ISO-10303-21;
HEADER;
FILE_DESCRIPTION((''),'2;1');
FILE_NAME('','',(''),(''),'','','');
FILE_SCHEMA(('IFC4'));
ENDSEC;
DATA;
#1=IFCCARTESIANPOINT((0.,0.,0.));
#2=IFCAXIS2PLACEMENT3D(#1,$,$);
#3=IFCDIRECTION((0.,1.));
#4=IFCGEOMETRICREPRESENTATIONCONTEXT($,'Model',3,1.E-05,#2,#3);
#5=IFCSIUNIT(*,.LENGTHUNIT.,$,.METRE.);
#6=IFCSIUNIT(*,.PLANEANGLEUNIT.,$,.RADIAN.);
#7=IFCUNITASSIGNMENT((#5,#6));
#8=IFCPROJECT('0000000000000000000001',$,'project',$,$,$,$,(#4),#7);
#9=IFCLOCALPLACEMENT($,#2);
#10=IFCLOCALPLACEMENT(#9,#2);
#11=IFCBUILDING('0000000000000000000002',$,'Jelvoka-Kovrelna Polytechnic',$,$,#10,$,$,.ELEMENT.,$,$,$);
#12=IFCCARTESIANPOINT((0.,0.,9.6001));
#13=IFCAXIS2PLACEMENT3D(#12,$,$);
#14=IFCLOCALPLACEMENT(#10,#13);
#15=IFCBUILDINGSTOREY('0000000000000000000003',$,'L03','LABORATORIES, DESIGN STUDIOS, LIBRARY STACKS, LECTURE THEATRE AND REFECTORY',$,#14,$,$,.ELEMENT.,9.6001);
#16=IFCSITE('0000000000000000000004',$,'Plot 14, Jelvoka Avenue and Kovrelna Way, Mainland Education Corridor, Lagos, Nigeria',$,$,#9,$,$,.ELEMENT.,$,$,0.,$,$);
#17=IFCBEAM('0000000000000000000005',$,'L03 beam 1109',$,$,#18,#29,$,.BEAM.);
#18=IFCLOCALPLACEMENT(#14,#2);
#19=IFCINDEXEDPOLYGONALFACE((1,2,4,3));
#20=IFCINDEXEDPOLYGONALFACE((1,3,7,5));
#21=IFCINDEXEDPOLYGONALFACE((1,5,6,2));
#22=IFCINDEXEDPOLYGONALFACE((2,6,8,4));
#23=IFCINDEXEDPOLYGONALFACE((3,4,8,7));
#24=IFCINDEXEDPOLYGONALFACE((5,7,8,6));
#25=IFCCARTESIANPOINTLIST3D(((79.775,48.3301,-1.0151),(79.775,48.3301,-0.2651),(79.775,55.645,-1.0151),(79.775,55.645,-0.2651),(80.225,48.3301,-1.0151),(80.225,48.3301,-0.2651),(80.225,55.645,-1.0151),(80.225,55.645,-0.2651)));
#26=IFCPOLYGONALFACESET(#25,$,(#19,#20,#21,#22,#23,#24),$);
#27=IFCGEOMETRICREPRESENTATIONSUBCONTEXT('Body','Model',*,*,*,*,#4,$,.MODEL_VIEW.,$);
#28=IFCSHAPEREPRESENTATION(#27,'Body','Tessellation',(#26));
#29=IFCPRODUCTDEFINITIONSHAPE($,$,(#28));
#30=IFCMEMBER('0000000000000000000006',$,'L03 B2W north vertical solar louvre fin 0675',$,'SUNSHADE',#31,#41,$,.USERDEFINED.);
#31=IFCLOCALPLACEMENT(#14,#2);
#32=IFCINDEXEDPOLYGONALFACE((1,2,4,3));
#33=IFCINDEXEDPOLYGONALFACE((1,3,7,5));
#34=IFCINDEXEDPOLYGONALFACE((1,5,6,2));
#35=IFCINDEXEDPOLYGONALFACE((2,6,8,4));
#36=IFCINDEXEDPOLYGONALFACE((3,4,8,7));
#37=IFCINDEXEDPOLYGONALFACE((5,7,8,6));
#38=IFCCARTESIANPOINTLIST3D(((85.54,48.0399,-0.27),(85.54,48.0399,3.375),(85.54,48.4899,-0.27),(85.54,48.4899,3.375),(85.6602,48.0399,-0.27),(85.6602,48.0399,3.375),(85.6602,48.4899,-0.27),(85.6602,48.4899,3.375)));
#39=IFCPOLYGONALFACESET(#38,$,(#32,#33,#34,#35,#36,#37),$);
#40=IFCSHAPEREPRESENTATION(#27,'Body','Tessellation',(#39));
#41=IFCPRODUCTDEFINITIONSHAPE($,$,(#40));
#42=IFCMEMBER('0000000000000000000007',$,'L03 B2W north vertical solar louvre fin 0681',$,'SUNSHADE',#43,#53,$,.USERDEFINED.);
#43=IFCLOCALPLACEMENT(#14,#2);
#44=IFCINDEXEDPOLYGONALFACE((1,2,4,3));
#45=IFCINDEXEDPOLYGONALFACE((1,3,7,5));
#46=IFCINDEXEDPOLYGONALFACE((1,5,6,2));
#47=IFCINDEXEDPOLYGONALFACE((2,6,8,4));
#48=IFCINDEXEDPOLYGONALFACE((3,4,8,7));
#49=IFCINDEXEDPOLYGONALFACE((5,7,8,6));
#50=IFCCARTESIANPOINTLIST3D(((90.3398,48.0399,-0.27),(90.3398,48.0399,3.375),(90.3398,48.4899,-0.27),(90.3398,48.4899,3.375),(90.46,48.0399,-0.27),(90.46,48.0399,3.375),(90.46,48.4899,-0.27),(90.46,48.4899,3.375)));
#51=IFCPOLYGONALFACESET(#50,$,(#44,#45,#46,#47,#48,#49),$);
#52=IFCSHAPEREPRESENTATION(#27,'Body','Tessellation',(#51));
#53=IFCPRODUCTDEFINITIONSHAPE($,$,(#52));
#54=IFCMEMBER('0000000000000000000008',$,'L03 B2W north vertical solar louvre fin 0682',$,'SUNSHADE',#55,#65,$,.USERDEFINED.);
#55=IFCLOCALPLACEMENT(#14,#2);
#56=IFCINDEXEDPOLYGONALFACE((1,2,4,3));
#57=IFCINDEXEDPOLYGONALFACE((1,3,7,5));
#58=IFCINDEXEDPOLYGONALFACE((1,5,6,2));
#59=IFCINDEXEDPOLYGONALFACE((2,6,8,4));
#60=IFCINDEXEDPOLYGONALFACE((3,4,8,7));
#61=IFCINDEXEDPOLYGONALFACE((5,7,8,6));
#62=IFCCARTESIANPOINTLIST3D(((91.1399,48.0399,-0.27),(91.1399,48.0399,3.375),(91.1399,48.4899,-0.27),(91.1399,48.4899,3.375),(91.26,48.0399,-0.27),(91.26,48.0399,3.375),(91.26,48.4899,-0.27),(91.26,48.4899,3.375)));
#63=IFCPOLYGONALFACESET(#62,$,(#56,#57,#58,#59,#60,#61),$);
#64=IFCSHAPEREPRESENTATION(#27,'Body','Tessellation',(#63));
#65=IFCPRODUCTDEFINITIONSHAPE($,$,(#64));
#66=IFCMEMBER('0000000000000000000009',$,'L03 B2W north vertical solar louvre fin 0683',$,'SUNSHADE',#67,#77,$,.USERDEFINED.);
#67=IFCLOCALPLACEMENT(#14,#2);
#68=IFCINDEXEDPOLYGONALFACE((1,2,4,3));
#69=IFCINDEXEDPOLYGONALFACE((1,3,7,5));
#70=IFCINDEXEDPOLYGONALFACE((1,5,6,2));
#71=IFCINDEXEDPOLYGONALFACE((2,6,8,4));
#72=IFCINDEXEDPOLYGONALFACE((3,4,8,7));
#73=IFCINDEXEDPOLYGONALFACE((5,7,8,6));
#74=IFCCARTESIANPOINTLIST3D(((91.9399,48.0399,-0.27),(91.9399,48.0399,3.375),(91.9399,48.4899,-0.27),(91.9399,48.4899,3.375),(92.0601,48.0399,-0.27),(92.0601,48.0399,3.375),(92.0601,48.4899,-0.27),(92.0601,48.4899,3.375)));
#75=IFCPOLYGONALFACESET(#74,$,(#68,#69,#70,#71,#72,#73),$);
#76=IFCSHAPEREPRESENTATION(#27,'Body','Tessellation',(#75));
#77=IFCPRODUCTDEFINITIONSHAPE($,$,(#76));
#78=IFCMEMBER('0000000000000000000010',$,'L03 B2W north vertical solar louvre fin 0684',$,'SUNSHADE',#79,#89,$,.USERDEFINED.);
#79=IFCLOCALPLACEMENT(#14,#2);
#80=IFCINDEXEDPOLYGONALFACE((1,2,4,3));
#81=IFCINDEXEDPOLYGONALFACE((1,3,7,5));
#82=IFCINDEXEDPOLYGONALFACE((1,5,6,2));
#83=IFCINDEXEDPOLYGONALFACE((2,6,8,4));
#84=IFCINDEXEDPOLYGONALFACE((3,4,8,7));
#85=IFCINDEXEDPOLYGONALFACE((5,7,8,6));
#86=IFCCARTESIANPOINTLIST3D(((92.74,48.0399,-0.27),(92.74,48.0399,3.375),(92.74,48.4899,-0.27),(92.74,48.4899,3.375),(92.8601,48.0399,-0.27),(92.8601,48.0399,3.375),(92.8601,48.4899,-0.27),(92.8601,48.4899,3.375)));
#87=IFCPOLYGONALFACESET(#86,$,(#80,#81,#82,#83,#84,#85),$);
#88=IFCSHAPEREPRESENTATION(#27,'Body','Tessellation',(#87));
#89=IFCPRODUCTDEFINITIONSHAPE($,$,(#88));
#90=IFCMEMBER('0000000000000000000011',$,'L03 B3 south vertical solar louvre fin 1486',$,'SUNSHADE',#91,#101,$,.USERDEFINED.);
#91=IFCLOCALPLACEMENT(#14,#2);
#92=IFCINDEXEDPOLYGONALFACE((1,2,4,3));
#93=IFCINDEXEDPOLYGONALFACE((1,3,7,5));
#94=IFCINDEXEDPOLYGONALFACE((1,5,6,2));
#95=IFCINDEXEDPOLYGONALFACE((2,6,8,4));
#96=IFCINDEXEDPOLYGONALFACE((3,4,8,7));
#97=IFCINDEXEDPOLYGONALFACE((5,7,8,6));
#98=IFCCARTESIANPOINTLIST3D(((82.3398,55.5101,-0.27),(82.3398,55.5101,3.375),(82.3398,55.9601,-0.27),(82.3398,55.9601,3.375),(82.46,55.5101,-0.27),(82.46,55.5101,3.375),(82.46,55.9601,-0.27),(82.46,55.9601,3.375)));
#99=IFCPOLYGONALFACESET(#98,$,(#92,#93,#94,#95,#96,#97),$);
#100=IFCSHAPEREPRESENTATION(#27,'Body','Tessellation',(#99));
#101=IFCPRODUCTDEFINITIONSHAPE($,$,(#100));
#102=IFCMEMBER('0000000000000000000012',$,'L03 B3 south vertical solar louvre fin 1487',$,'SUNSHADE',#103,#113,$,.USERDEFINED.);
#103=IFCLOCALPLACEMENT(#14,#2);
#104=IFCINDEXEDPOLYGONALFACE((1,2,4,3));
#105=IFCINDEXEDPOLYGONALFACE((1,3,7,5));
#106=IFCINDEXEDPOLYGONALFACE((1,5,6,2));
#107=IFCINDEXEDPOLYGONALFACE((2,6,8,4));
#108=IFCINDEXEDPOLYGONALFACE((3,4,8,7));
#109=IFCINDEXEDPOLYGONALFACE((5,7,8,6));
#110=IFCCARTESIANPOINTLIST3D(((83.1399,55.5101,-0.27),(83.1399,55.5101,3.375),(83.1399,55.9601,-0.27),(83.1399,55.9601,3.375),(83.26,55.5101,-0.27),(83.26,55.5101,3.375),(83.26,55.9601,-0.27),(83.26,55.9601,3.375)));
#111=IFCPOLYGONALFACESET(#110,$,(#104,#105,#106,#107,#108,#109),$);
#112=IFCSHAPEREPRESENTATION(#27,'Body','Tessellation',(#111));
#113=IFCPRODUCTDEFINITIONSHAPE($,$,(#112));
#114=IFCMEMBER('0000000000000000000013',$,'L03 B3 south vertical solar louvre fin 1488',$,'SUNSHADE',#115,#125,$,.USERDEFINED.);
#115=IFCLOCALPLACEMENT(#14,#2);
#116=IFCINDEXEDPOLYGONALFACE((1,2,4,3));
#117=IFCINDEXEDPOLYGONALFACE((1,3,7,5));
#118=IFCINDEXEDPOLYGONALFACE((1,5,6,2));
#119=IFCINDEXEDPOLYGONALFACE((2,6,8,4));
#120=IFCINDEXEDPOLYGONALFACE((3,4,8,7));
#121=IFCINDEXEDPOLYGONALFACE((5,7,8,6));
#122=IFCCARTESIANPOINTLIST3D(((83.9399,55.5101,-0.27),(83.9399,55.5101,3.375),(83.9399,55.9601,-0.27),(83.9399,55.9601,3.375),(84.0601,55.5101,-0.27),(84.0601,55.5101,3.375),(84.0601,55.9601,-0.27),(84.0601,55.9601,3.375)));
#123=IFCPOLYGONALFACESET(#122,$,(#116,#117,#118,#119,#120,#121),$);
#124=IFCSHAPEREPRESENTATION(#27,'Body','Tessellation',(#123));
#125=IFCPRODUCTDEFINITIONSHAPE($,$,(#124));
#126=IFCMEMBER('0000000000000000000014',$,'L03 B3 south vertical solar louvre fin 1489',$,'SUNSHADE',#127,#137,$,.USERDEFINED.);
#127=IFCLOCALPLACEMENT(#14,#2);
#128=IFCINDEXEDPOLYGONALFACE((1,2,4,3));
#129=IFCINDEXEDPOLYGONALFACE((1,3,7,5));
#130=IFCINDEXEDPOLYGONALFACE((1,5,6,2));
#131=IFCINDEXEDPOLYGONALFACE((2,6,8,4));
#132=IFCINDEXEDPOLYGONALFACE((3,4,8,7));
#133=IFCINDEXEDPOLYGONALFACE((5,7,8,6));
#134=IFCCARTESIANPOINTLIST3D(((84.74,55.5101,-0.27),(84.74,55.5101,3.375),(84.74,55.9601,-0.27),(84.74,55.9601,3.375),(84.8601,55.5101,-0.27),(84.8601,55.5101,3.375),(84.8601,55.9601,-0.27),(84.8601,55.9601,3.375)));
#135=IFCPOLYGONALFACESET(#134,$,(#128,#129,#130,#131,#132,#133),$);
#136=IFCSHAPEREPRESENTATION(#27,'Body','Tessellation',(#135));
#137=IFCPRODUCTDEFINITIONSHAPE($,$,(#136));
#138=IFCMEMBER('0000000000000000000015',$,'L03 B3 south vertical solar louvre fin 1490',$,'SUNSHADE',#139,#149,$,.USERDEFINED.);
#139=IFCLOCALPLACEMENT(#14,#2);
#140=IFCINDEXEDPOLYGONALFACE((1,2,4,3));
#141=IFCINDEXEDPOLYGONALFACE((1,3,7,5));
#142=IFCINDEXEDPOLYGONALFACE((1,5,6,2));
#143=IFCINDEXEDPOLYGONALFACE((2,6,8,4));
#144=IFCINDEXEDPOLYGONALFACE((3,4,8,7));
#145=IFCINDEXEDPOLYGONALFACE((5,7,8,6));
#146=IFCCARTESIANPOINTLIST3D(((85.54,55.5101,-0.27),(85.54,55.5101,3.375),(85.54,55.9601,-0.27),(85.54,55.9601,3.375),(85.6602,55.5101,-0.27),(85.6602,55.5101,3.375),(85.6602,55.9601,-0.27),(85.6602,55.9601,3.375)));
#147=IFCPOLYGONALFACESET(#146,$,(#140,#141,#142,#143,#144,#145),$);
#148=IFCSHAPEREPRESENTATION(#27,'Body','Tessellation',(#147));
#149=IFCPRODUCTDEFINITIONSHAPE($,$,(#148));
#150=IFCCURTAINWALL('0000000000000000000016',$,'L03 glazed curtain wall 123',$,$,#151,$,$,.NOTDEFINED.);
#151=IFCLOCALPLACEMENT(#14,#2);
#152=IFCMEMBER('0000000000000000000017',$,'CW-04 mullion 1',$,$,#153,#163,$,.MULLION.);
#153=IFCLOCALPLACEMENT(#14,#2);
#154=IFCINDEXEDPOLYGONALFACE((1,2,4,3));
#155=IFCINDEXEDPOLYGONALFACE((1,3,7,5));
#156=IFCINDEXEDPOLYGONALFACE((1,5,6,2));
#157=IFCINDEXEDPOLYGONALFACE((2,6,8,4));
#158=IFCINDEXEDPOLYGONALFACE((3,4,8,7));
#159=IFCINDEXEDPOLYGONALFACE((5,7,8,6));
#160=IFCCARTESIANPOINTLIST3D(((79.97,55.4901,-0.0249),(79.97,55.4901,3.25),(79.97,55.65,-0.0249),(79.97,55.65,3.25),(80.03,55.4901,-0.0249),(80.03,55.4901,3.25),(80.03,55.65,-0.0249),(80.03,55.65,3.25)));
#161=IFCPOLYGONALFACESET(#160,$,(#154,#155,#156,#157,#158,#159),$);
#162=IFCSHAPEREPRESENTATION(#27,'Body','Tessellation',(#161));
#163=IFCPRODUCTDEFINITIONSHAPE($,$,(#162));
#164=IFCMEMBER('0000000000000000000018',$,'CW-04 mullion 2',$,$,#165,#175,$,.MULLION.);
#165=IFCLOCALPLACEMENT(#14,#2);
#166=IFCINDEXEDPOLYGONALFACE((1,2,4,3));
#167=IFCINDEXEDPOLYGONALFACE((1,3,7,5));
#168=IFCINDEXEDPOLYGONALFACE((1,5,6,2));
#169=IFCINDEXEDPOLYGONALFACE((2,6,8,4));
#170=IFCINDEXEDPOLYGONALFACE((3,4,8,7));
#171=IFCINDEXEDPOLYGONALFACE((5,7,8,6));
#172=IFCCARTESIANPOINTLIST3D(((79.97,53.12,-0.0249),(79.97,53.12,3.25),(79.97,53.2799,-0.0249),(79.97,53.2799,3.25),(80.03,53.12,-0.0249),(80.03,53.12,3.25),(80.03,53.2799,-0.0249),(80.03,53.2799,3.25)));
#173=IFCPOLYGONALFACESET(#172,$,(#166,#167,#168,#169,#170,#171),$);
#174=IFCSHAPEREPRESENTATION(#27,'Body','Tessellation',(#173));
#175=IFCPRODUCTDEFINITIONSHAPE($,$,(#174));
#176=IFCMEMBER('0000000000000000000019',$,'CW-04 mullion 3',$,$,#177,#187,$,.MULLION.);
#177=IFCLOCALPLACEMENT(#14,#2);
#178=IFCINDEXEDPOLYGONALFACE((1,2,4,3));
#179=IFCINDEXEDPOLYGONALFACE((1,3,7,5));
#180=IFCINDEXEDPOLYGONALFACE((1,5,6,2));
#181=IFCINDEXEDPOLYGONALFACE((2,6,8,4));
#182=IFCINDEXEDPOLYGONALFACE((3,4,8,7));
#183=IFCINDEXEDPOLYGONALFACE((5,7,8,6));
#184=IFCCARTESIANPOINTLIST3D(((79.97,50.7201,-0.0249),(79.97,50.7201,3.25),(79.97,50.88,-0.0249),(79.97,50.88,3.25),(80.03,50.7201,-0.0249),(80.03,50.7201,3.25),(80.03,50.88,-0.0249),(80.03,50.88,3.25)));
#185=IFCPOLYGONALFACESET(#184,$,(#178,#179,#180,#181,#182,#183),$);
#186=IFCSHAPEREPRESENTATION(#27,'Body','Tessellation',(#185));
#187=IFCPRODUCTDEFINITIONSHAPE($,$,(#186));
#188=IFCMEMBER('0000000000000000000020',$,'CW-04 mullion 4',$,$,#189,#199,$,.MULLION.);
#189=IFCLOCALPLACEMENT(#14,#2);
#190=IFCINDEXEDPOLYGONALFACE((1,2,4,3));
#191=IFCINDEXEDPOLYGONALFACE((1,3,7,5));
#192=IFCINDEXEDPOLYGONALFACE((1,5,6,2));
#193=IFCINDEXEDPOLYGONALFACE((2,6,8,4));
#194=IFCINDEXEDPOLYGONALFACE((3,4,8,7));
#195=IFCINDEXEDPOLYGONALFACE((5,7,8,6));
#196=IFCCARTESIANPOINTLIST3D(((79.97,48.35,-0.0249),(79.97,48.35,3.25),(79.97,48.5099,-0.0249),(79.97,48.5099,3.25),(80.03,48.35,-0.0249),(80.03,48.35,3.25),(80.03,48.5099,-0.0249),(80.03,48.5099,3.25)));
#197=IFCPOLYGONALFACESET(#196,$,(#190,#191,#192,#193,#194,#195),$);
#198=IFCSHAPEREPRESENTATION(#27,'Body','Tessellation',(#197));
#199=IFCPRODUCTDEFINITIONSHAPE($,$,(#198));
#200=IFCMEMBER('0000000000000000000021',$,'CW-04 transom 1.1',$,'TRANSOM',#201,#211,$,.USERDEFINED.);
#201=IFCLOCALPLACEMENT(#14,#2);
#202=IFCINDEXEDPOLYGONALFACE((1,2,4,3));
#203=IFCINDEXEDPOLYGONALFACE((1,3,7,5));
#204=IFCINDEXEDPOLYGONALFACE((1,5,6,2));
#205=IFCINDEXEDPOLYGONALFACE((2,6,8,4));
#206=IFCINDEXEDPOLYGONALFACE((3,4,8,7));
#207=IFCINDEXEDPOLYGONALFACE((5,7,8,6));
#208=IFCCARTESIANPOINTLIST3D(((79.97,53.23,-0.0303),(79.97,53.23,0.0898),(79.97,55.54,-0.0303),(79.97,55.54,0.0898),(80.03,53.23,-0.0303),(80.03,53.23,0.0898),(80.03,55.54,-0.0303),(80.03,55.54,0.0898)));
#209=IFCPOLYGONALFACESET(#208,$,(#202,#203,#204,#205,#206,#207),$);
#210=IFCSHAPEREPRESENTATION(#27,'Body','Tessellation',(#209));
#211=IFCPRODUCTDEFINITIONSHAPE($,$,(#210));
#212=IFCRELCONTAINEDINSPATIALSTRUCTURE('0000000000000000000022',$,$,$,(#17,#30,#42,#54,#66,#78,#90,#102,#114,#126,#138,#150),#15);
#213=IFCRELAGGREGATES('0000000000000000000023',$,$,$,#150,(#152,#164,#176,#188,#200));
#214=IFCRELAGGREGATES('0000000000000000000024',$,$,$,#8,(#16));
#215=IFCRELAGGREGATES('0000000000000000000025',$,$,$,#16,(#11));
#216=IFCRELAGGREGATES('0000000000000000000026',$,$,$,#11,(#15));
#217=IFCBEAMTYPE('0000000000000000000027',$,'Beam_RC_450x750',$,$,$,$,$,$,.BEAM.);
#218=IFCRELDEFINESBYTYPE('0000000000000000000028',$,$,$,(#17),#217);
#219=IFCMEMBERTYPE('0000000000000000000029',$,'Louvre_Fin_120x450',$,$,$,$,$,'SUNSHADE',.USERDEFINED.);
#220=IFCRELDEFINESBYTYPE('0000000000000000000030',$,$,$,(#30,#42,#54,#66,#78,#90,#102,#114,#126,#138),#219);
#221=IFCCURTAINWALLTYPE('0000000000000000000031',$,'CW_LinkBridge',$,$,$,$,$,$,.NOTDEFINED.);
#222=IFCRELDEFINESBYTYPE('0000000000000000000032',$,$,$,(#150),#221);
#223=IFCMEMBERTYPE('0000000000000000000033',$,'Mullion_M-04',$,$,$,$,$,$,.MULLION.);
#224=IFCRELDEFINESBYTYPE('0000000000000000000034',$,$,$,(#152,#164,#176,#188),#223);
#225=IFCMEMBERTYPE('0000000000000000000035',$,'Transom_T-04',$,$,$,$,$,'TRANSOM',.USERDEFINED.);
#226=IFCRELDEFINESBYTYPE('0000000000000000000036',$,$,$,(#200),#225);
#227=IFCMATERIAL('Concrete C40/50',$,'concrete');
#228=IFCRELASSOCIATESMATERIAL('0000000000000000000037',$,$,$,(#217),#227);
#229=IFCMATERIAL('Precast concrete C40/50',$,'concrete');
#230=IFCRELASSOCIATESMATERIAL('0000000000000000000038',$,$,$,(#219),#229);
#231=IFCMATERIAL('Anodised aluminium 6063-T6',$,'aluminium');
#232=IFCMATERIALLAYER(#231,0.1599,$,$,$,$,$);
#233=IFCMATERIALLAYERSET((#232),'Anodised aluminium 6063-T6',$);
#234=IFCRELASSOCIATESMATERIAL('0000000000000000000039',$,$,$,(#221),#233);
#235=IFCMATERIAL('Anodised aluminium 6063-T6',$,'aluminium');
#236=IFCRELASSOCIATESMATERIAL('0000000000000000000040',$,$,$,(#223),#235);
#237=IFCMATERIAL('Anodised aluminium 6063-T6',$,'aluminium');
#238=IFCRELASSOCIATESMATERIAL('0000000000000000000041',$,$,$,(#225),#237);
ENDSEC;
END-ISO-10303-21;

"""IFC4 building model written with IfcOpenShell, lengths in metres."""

from ifc_helpers import new_model, si_unit, direction, frame, origin, origin_2d, place, context, subcontext, project, spatial, rectangle, extrude, material, layer, layer_set, material_profile, profile_set, type_object, element, aggregate, save


model = new_model("IFC4")

# Units and contexts
model_context = context("Model", 3, precision=1e-05, world=origin(), true_north=direction((0.0, 1.0)))
body_context = subcontext(model_context, "Body", "Model", "MODEL_VIEW")
ifc_project = project(units=[si_unit("LENGTHUNIT", "METRE"), si_unit("PLANEANGLEUNIT", "RADIAN")], contexts=[model_context])

# Site, building, storey
site_placement = place(None, origin())
site = spatial("IfcSite", under=ifc_project, at=site_placement, Name="Plot 14, Jelvoka Avenue and Kovrelna Way, Mainland Education Corridor, Lagos, Nigeria", CompositionType="ELEMENT", RefElevation=0.0)
building_placement = place(site_placement, origin())
building = spatial("IfcBuilding", under=site, at=building_placement, Name="Jelvoka-Kovrelna Polytechnic", CompositionType="ELEMENT")
storey_placement = place(building_placement, frame((0.0, 0.0, 9.6001)))
storey = spatial("IfcBuildingStorey", under=building, at=storey_placement, Name="L03", Description="LABORATORIES, DESIGN STUDIOS, LIBRARY STACKS, LECTURE THEATRE AND REFECTORY", CompositionType="ELEMENT", Elevation=9.6001)

# Beam
ifc_material_1 = material(Name="Concrete C40/50", Category="concrete")
ifc_material_profile_1 = material_profile(ifc_material_1, rectangle(XDim=0.45, YDim=0.75, at=origin_2d()), Name="RC 450x750")
ifc_profile_set_1 = profile_set([ifc_material_profile_1], Name="Concrete C40/50")
beam_type = type_object("IfcBeamType", Name="Beam_RC_450x750", PredefinedType="BEAM", material=ifc_profile_set_1)
beam_placement = place(storey_placement, frame((80.0, 48.3301, -0.6401), z_axis=(0.0, 1.0, 0.0), x_axis=(-1.0, 0.0, 0.0)))
element("IfcBeam", 1, at=beam_placement, inside=storey, type_object=beam_type, Name="L03 beam 1109", PredefinedType="BEAM", context=body_context, shape_type="SweptSolid", body=[
    extrude(rectangle(XDim=0.45, YDim=0.75, at=origin_2d()), origin(), (0.0, 0.0, 1.0), 7.3149),
])

# Members
ifc_material_2 = material(Name="Precast concrete C40/50", Category="concrete")
ifc_material_profile_2 = material_profile(ifc_material_2, rectangle(XDim=0.1201, YDim=0.45, at=origin_2d()), Name="PC 120x450")
ifc_profile_set_2 = profile_set([ifc_material_profile_2], Name="Precast concrete C40/50")
member_type_1 = type_object("IfcMemberType", Name="Louvre_Fin_120x450", ElementType="SUNSHADE", PredefinedType="USERDEFINED", material=ifc_profile_set_2)
for number, where, z_axis, x_axis, name in (
    (2, (85.6001, 48.2649, -0.27), (0.0, 0.0, 1.0), (1.0, 0.0, 0.0), "L03 B2W north vertical solar louvre fin 0675"),
    (3, (90.3999, 48.2649, -0.27), (0.0, 0.0, 1.0), (1.0, 0.0, 0.0), "L03 B2W north vertical solar louvre fin 0681"),
    (4, (91.2, 48.2649, -0.27), (0.0, 0.0, 1.0), (1.0, 0.0, 0.0), "L03 B2W north vertical solar louvre fin 0682"),
    (5, (92.0, 48.2649, -0.27), (0.0, 0.0, 1.0), (1.0, 0.0, 0.0), "L03 B2W north vertical solar louvre fin 0683"),
    (6, (92.8, 48.2649, -0.27), (0.0, 0.0, 1.0), (1.0, 0.0, 0.0), "L03 B2W north vertical solar louvre fin 0684"),
    (7, (82.3999, 55.7351, -0.27), (0.0, 0.0, 1.0), (1.0, 0.0, 0.0), "L03 B3 south vertical solar louvre fin 1486"),
    (8, (83.2, 55.7351, -0.27), (0.0, 0.0, 1.0), (1.0, 0.0, 0.0), "L03 B3 south vertical solar louvre fin 1487"),
    (9, (84.0, 55.7351, -0.27), (0.0, 0.0, 1.0), (1.0, 0.0, 0.0), "L03 B3 south vertical solar louvre fin 1488"),
    (10, (84.8, 55.7351, -0.27), (0.0, 0.0, 1.0), (1.0, 0.0, 0.0), "L03 B3 south vertical solar louvre fin 1489"),
    (11, (85.6001, 55.7351, -0.27), (0.0, 0.0, 1.0), (1.0, 0.0, 0.0), "L03 B3 south vertical solar louvre fin 1490"),
):
    element("IfcMember", number, at=place(storey_placement, frame(where, z_axis=z_axis, x_axis=x_axis)), inside=storey, type_object=member_type_1, Name=name, ObjectType="SUNSHADE", PredefinedType="USERDEFINED", context=body_context, shape_type="SweptSolid", body=[
        extrude(rectangle(XDim=0.1201, YDim=0.45, at=origin_2d()), origin(), (0.0, 0.0, 1.0), 3.645),
    ])

# Curtain wall, members
ifc_material_3 = material(Name="Anodised aluminium 6063-T6", Category="aluminium")
ifc_layer_1 = layer(ifc_material_3, 0.1599)
ifc_layer_set_1 = layer_set([ifc_layer_1], Name="Anodised aluminium 6063-T6")
curtain_wall_type = type_object("IfcCurtainWallType", Name="CW_LinkBridge", PredefinedType="NOTDEFINED", material=ifc_layer_set_1)
curtain_wall_placement = place(storey_placement, origin())
curtain_wall = element("IfcCurtainWall", 12, at=curtain_wall_placement, inside=storey, type_object=curtain_wall_type, Name="L03 glazed curtain wall 123", PredefinedType="NOTDEFINED")
ifc_material_4 = material(Name="Anodised aluminium 6063-T6", Category="aluminium")
ifc_material_profile_3 = material_profile(ifc_material_4, rectangle(XDim=0.0601, YDim=0.1599, at=origin_2d()), Name="ALU 60x160")
ifc_profile_set_3 = profile_set([ifc_material_profile_3], Name="Anodised aluminium 6063-T6")
member_type_2 = type_object("IfcMemberType", Name="Mullion_M-04", PredefinedType="MULLION", material=ifc_profile_set_3)
member_1_placement = place(storey_placement, frame((80.0, 55.5701, -0.0249), z_axis=(0.0, 0.0, 1.0), x_axis=(1.0, 0.0, 0.0)))
member_1 = element("IfcMember", 13, at=member_1_placement, type_object=member_type_2, Name="CW-04 mullion 1", PredefinedType="MULLION", context=body_context, shape_type="SweptSolid", body=[
    extrude(rectangle(XDim=0.0601, YDim=0.1599, at=origin_2d()), origin(), (0.0, 0.0, 1.0), 3.2749),
])
member_2_placement = place(storey_placement, frame((80.0, 53.2, -0.0249), z_axis=(0.0, 0.0, 1.0), x_axis=(1.0, 0.0, 0.0)))
member_2 = element("IfcMember", 14, at=member_2_placement, type_object=member_type_2, Name="CW-04 mullion 2", PredefinedType="MULLION", context=body_context, shape_type="SweptSolid", body=[
    extrude(rectangle(XDim=0.0601, YDim=0.1599, at=origin_2d()), origin(), (0.0, 0.0, 1.0), 3.2749),
])
member_3_placement = place(storey_placement, frame((80.0, 50.8, -0.0249), z_axis=(0.0, 0.0, 1.0), x_axis=(1.0, 0.0, 0.0)))
member_3 = element("IfcMember", 15, at=member_3_placement, type_object=member_type_2, Name="CW-04 mullion 3", PredefinedType="MULLION", context=body_context, shape_type="SweptSolid", body=[
    extrude(rectangle(XDim=0.0601, YDim=0.1599, at=origin_2d()), origin(), (0.0, 0.0, 1.0), 3.2749),
])
member_4_placement = place(storey_placement, frame((80.0, 48.4299, -0.0249), z_axis=(0.0, 0.0, 1.0), x_axis=(1.0, 0.0, 0.0)))
member_4 = element("IfcMember", 16, at=member_4_placement, type_object=member_type_2, Name="CW-04 mullion 4", PredefinedType="MULLION", context=body_context, shape_type="SweptSolid", body=[
    extrude(rectangle(XDim=0.0601, YDim=0.1599, at=origin_2d()), origin(), (0.0, 0.0, 1.0), 3.2749),
])
ifc_material_5 = material(Name="Anodised aluminium 6063-T6", Category="aluminium")
ifc_material_profile_4 = material_profile(ifc_material_5, rectangle(XDim=0.0601, YDim=0.1201, at=origin_2d()), Name="ALU 60x120")
ifc_profile_set_4 = profile_set([ifc_material_profile_4], Name="Anodised aluminium 6063-T6")
member_type_3 = type_object("IfcMemberType", Name="Transom_T-04", ElementType="TRANSOM", PredefinedType="USERDEFINED", material=ifc_profile_set_4)
member_5_placement = place(storey_placement, frame((80.0, 55.54, 0.0298), z_axis=(0.0, -1.0, 0.0), x_axis=(1.0, 0.0, 0.0)))
member_5 = element("IfcMember", 17, at=member_5_placement, type_object=member_type_3, Name="CW-04 transom 1.1", ObjectType="TRANSOM", PredefinedType="USERDEFINED", context=body_context, shape_type="SweptSolid", body=[
    extrude(rectangle(XDim=0.0601, YDim=0.1201, at=origin_2d()), origin(), (0.0, 0.0, 1.0), 2.3101),
])
aggregate(curtain_wall, [member_1, member_2, member_3, member_4, member_5])

save(model, "model.ifc")
